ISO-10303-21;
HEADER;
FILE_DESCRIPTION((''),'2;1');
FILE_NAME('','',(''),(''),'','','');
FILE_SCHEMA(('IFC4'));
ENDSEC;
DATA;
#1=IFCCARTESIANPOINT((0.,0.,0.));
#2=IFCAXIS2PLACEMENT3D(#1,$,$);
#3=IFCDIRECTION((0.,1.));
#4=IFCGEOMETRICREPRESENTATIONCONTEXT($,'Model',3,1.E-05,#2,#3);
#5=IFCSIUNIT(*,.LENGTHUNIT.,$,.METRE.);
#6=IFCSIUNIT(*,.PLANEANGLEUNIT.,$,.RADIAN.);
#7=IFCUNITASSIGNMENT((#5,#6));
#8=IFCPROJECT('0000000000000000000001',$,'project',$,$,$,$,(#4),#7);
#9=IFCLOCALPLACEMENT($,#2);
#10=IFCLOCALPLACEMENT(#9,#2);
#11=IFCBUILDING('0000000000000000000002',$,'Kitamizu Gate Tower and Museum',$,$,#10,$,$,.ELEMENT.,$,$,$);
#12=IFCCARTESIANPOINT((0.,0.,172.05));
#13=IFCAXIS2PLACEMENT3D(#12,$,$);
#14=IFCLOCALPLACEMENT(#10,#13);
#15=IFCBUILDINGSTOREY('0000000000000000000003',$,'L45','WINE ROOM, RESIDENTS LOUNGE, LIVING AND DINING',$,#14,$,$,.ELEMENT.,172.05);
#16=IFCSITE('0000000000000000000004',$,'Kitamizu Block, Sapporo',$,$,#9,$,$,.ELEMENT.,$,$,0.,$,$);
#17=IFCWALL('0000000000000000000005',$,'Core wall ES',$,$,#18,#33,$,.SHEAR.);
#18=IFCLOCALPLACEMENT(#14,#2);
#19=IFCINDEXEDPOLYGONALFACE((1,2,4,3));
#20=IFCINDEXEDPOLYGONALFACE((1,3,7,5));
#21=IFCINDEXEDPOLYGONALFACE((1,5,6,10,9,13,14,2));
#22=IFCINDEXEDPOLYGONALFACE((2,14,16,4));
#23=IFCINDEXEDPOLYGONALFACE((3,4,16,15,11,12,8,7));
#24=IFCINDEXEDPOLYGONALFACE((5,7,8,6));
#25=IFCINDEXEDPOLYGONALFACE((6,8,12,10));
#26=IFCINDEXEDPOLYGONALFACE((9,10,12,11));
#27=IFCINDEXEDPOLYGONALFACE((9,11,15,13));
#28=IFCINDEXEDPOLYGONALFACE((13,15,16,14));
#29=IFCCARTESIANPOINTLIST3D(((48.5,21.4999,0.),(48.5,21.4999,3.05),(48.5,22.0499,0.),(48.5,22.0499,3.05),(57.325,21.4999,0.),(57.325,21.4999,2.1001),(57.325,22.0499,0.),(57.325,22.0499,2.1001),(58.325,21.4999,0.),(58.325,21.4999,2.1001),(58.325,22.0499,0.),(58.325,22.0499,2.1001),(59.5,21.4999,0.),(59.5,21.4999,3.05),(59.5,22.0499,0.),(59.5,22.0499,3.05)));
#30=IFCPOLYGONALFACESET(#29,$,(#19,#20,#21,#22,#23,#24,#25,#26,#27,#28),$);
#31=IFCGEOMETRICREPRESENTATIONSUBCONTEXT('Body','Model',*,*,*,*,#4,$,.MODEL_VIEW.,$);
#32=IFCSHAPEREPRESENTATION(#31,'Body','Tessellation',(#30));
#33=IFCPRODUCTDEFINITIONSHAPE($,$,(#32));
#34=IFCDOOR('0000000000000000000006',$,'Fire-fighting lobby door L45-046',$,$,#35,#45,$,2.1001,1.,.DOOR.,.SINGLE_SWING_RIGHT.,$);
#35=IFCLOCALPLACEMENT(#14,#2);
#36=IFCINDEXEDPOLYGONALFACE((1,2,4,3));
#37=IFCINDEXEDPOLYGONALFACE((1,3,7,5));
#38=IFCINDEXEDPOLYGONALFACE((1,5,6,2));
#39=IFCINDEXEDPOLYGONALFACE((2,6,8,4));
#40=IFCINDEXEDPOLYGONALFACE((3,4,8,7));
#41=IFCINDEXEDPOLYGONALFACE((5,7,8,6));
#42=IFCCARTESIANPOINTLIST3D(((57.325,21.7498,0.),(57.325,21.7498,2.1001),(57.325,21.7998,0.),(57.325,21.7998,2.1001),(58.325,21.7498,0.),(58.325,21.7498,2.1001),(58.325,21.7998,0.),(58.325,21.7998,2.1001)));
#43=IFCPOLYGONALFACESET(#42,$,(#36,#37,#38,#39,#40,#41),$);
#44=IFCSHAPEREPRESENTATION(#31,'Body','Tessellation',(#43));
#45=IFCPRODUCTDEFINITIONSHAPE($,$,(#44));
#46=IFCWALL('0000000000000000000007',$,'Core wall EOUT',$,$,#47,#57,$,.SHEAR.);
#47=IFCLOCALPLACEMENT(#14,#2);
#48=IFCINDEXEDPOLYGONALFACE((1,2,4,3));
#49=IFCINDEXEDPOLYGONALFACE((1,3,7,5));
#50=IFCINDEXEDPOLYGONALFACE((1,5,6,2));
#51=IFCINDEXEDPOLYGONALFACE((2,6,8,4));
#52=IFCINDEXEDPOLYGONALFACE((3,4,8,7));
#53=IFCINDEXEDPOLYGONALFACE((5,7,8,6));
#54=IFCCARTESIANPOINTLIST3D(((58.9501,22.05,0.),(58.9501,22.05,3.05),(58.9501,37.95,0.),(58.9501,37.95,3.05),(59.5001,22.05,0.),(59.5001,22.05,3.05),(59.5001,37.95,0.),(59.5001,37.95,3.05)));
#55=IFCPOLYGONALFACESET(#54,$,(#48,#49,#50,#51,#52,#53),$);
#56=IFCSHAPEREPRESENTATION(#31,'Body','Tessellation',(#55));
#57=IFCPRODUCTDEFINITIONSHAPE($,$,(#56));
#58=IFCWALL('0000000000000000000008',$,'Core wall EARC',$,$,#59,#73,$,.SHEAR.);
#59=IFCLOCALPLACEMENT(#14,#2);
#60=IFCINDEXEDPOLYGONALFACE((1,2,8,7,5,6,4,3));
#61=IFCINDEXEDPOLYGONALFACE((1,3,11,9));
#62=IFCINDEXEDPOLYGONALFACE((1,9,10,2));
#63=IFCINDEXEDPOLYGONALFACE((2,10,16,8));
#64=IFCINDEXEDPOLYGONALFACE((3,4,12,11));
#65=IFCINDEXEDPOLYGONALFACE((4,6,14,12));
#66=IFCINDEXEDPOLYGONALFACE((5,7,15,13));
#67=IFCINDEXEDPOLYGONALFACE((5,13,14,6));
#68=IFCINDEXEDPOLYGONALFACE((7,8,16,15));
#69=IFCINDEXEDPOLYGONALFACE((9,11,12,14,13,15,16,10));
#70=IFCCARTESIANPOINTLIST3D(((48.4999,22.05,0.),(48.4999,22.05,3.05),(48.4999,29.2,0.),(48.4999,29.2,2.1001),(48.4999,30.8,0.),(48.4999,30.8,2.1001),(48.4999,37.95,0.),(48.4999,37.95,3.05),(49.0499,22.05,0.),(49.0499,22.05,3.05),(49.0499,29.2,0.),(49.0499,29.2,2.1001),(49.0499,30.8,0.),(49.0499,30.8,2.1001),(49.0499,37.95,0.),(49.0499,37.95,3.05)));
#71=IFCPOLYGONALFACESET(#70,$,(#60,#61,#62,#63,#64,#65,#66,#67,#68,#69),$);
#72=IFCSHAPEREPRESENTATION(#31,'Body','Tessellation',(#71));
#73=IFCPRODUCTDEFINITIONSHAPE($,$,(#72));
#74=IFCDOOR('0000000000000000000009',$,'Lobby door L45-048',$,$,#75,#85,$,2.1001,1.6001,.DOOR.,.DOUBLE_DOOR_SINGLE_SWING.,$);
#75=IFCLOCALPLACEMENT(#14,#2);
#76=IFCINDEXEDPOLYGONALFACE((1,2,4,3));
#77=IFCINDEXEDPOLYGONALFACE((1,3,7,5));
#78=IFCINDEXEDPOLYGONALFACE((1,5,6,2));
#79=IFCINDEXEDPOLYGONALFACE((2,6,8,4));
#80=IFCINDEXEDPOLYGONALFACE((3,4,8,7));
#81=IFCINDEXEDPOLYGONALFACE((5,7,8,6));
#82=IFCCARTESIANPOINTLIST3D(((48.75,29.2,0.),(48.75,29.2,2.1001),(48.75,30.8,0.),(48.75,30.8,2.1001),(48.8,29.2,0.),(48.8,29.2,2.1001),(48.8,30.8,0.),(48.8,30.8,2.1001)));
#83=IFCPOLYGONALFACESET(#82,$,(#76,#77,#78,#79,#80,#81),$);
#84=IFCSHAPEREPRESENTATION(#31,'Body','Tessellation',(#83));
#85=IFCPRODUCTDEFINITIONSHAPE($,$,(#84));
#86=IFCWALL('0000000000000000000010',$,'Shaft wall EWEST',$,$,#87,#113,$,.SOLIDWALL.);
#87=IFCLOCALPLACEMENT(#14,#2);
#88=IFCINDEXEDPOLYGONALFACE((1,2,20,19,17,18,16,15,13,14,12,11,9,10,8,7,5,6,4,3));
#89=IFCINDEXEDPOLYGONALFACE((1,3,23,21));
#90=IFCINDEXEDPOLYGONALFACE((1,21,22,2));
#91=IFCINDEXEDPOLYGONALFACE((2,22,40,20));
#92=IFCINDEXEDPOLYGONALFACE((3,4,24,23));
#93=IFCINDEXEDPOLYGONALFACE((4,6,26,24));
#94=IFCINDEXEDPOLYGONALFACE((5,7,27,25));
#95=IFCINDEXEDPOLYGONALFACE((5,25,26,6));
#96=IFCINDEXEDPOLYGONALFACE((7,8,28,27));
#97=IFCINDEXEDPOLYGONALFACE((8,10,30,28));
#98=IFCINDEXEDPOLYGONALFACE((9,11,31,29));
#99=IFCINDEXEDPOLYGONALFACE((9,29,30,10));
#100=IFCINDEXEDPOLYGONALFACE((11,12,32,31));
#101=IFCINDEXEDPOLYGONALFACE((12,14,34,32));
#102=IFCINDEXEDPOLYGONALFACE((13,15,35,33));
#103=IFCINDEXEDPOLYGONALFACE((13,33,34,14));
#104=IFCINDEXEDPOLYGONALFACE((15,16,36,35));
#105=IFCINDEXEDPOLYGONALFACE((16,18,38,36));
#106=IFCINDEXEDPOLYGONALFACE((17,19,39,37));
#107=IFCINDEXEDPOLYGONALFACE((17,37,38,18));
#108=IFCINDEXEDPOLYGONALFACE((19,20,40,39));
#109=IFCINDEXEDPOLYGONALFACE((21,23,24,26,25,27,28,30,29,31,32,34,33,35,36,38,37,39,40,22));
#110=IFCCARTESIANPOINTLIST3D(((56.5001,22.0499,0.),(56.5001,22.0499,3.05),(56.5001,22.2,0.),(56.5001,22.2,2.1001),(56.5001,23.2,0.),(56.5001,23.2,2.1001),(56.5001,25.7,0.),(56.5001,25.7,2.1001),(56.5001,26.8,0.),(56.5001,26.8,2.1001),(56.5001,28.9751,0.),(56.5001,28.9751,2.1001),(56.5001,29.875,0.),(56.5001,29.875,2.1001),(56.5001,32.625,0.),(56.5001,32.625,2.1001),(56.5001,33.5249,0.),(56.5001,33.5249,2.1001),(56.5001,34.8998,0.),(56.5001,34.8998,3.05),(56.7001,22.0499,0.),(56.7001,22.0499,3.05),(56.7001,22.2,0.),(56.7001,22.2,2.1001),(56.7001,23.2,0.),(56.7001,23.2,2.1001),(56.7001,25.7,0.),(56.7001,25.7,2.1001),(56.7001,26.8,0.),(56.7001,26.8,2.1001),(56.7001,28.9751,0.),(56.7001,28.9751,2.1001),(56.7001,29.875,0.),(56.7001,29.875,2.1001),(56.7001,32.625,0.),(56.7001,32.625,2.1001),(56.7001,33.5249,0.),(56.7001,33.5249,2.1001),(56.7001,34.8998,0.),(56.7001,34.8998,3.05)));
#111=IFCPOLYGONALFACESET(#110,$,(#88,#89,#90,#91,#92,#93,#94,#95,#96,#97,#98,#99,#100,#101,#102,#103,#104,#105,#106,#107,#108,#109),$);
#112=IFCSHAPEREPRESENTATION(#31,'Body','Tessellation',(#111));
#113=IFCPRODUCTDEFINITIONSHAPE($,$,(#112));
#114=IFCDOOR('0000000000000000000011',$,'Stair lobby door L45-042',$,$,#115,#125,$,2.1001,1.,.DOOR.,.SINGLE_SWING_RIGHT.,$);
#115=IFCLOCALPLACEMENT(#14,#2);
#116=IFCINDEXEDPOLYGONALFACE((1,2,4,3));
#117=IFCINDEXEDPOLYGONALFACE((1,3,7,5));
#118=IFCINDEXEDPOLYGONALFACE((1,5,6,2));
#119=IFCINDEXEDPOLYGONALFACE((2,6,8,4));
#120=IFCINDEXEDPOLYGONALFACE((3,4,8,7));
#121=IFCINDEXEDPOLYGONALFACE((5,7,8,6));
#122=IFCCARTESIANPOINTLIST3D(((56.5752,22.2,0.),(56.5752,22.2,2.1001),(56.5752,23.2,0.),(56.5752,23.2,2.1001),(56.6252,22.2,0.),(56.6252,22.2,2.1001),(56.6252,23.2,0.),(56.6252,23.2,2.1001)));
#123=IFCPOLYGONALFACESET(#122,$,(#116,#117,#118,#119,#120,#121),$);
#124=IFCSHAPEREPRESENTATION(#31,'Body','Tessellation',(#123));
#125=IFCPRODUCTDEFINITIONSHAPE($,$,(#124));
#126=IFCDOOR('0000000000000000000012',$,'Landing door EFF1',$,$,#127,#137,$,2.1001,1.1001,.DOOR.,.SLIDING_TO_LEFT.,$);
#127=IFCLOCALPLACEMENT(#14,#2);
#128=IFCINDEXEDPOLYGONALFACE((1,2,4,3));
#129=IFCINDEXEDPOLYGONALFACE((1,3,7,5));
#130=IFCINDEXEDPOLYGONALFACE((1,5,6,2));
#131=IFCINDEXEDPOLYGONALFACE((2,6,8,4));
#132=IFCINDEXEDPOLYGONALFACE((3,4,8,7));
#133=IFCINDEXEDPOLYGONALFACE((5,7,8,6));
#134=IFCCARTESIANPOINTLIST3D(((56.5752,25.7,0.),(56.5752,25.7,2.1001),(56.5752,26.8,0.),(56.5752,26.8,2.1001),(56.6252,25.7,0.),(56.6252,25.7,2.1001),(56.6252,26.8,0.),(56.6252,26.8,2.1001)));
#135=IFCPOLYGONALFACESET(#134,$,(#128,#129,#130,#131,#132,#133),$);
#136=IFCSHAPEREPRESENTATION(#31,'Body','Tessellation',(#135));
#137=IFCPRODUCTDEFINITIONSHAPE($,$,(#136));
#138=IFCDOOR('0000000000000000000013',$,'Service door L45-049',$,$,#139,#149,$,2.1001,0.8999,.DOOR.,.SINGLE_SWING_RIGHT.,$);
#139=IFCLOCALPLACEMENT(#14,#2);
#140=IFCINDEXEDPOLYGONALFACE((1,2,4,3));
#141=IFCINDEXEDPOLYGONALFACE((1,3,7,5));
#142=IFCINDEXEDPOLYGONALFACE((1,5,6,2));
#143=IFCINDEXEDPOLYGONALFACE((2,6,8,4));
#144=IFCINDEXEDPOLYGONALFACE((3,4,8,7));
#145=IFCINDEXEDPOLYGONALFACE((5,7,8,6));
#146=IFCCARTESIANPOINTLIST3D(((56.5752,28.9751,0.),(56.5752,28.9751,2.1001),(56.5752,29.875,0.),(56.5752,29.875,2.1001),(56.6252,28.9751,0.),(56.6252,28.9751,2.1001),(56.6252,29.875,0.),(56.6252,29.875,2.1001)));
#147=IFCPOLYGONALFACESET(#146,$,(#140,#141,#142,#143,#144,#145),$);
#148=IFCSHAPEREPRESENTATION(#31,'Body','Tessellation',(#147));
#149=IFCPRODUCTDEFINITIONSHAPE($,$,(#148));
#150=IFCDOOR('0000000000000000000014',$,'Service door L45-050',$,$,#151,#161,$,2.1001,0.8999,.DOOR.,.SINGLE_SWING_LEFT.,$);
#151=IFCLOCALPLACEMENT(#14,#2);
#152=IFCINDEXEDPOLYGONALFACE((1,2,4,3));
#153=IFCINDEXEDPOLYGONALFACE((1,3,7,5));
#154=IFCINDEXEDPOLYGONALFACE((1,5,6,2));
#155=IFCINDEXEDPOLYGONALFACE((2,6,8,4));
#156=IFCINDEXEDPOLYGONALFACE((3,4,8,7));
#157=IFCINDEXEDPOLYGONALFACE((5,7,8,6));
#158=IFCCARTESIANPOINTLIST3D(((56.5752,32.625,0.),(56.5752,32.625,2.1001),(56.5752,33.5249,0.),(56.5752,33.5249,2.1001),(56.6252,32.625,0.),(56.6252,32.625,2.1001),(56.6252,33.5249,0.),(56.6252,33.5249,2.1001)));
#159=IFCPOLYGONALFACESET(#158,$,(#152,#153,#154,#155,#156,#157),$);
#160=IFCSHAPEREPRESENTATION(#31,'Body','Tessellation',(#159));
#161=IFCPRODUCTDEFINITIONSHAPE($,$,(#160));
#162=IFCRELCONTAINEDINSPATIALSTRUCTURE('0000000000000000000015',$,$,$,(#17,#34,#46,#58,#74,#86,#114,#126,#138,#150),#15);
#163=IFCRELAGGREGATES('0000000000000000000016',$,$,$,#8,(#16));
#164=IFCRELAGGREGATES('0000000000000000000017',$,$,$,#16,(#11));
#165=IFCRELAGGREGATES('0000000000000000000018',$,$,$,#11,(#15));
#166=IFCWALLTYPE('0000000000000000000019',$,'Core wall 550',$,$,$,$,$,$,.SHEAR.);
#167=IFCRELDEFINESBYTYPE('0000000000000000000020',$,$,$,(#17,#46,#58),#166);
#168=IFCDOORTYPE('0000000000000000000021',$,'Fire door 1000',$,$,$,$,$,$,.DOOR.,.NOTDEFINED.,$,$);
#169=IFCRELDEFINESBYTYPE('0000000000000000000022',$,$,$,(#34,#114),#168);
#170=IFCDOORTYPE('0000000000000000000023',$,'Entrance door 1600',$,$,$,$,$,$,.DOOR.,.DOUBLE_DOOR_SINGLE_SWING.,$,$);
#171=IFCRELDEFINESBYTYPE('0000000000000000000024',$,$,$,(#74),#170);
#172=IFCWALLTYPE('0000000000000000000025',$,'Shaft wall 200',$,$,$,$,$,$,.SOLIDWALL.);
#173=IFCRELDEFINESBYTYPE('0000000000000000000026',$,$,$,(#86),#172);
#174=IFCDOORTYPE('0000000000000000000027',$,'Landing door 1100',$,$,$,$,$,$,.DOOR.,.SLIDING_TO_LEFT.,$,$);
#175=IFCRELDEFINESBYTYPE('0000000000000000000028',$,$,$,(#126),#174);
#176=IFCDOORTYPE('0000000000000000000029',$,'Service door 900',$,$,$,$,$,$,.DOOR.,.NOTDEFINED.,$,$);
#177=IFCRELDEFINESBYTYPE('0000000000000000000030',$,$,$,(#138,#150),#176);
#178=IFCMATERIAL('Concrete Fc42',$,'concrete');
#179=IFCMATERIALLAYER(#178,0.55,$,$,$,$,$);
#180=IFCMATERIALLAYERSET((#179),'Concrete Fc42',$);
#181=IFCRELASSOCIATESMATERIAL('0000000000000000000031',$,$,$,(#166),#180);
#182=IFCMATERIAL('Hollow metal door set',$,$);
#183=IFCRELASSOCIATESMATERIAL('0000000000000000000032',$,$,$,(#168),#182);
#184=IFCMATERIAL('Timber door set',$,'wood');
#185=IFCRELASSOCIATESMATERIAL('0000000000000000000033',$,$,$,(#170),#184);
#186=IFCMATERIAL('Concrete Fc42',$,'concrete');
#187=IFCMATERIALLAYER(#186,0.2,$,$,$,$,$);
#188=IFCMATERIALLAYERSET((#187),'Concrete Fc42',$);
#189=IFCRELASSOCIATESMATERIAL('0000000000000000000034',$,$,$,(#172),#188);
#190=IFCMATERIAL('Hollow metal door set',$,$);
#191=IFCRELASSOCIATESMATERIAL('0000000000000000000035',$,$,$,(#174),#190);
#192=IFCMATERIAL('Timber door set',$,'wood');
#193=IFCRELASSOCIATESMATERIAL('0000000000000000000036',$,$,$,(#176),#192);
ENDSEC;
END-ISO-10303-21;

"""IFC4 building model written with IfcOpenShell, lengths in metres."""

from ifc_helpers import new_model, si_unit, direction, frame, frame_2d, origin, place, context, subcontext, project, spatial, rectangle, extrude, material, layer, layer_set, type_object, element, fill, save


model = new_model("IFC4")

# Units and contexts
model_context = context("Model", 3, precision=1e-05, world=origin(), true_north=direction((0.0, 1.0)))
body_context = subcontext(model_context, "Body", "Model", "MODEL_VIEW")
ifc_project = project(units=[si_unit("LENGTHUNIT", "METRE"), si_unit("PLANEANGLEUNIT", "RADIAN")], contexts=[model_context])

# Site, building, storey
site_placement = place(None, origin())
site = spatial("IfcSite", under=ifc_project, at=site_placement, Name="Kitamizu Block, Sapporo", CompositionType="ELEMENT", RefElevation=0.0)
building_placement = place(site_placement, origin())
building = spatial("IfcBuilding", under=site, at=building_placement, Name="Kitamizu Gate Tower and Museum", CompositionType="ELEMENT")
storey_placement = place(building_placement, frame((0.0, 0.0, 172.05)))
storey = spatial("IfcBuildingStorey", under=building, at=storey_placement, Name="L45", Description="WINE ROOM, RESIDENTS LOUNGE, LIVING AND DINING", CompositionType="ELEMENT", Elevation=172.05)

# Wall, opening, door
ifc_material_1 = material(Name="Concrete Fc42", Category="concrete")
ifc_layer_1 = layer(ifc_material_1, 0.55)
ifc_layer_set_1 = layer_set([ifc_layer_1], Name="Concrete Fc42")
wall_type_1 = type_object("IfcWallType", Name="Core wall 550", PredefinedType="SHEAR", material=ifc_layer_set_1)
wall_1_placement = place(storey_placement, frame((59.5, 21.7749, 0.0), z_axis=(0.0, 0.0, 1.0), x_axis=(-1.0, 0.0, 0.0)))
wall_1 = element("IfcWall", 1, at=wall_1_placement, inside=storey, type_object=wall_type_1, Name="Core wall ES", PredefinedType="SHEAR", context=body_context, shape_type="SweptSolid", body=[
    extrude(rectangle(XDim=11.0, YDim=0.55, at=frame_2d((5.5, 0.0))), origin(), (0.0, 0.0, 1.0), 3.05),
])
opening_1_placement = place(wall_1_placement, frame((1.175, 0.0, 0.0)))
opening_1 = element("IfcOpeningElement", 2, at=opening_1_placement, cuts=wall_1, PredefinedType="OPENING", context=body_context, shape_type="SweptSolid", body=[
    extrude(rectangle(XDim=1.0, YDim=2.1001, at=frame_2d((0.5, 1.05))), frame((0.0, 0.2852, 0.0), z_axis=(0.0, -1.0, 0.0), x_axis=(1.0, 0.0, 0.0)), (0.0, 0.0, 1.0), 0.5701),
])
ifc_material_2 = material(Name="Hollow metal door set")
door_type_1 = type_object("IfcDoorType", Name="Fire door 1000", OperationType="NOTDEFINED", PredefinedType="DOOR", material=ifc_material_2)
door_1_placement = place(opening_1_placement, frame((1.0, 0.0, 0.0), x_axis=(-1.0, 0.0, 0.0)))
door_1 = element("IfcDoor", 3, at=door_1_placement, inside=storey, type_object=door_type_1, Name="Fire-fighting lobby door L45-046", OperationType="SINGLE_SWING_RIGHT", OverallHeight=2.1001, OverallWidth=1.0, PredefinedType="DOOR", context=body_context, shape_type="SweptSolid", body=[
    extrude(rectangle(XDim=1.0, YDim=2.1001, at=frame_2d((0.5, 1.05))), frame((0.0, 0.0249, 0.0), z_axis=(0.0, -1.0, 0.0), x_axis=(1.0, 0.0, 0.0)), (0.0, 0.0, 1.0), 0.05),
])
fill(opening_1, door_1)

# Wall
wall_2_placement = place(storey_placement, frame((59.2251, 22.05, 0.0), z_axis=(0.0, 0.0, 1.0), x_axis=(0.0, 1.0, 0.0)))
element("IfcWall", 4, at=wall_2_placement, inside=storey, type_object=wall_type_1, Name="Core wall EOUT", PredefinedType="SHEAR", context=body_context, shape_type="SweptSolid", body=[
    extrude(rectangle(XDim=15.8999, YDim=0.55, at=frame_2d((7.95, 0.0))), origin(), (0.0, 0.0, 1.0), 3.05),
])

# Wall, opening, door
wall_3_placement = place(storey_placement, frame((48.7749, 22.05, 0.0), z_axis=(0.0, 0.0, 1.0), x_axis=(0.0, 1.0, 0.0)))
wall_3 = element("IfcWall", 5, at=wall_3_placement, inside=storey, type_object=wall_type_1, Name="Core wall EARC", PredefinedType="SHEAR", context=body_context, shape_type="SweptSolid", body=[
    extrude(rectangle(XDim=15.8999, YDim=0.55, at=frame_2d((7.95, 0.0))), origin(), (0.0, 0.0, 1.0), 3.05),
])
opening_2_placement = place(wall_3_placement, frame((7.1499, 0.0, 0.0)))
opening_2 = element("IfcOpeningElement", 6, at=opening_2_placement, cuts=wall_3, PredefinedType="OPENING", context=body_context, shape_type="SweptSolid", body=[
    extrude(rectangle(XDim=1.6001, YDim=2.1001, at=frame_2d((0.8, 1.05))), frame((0.0, 0.2852, 0.0), z_axis=(0.0, -1.0, 0.0), x_axis=(1.0, 0.0, 0.0)), (0.0, 0.0, 1.0), 0.5701),
])
ifc_material_3 = material(Name="Timber door set", Category="wood")
door_type_2 = type_object("IfcDoorType", Name="Entrance door 1600", OperationType="DOUBLE_DOOR_SINGLE_SWING", PredefinedType="DOOR", material=ifc_material_3)
door_2_placement = place(opening_2_placement, origin())
door_2 = element("IfcDoor", 7, at=door_2_placement, inside=storey, type_object=door_type_2, Name="Lobby door L45-048", OperationType="DOUBLE_DOOR_SINGLE_SWING", OverallHeight=2.1001, OverallWidth=1.6001, PredefinedType="DOOR", context=body_context, shape_type="SweptSolid", body=[
    extrude(rectangle(XDim=1.6001, YDim=2.1001, at=frame_2d((0.8, 1.05))), frame((0.0, 0.0249, 0.0), z_axis=(0.0, -1.0, 0.0), x_axis=(1.0, 0.0, 0.0)), (0.0, 0.0, 1.0), 0.05),
])
fill(opening_2, door_2)

# Wall, openings, doors
ifc_material_4 = material(Name="Concrete Fc42", Category="concrete")
ifc_layer_2 = layer(ifc_material_4, 0.2)
ifc_layer_set_2 = layer_set([ifc_layer_2], Name="Concrete Fc42")
wall_type_2 = type_object("IfcWallType", Name="Shaft wall 200", PredefinedType="SOLIDWALL", material=ifc_layer_set_2)
wall_4_placement = place(storey_placement, frame((56.6001, 22.05, 0.0), z_axis=(0.0, 0.0, 1.0), x_axis=(0.0, 1.0, 0.0)))
wall_4 = element("IfcWall", 8, at=wall_4_placement, inside=storey, type_object=wall_type_2, Name="Shaft wall EWEST", PredefinedType="SOLIDWALL", context=body_context, shape_type="SweptSolid", body=[
    extrude(rectangle(XDim=12.8499, YDim=0.2, at=frame_2d((6.4248, 0.0))), origin(), (0.0, 0.0, 1.0), 3.05),
])
opening_3_placement = place(wall_4_placement, frame((3.6499, 0.0, 0.0)))
opening_3 = element("IfcOpeningElement", 9, at=opening_3_placement, cuts=wall_4, PredefinedType="OPENING", context=body_context, shape_type="SweptSolid", body=[
    extrude(rectangle(XDim=1.1001, YDim=2.1001, at=frame_2d((0.55, 1.05))), frame((0.0, 0.1099, 0.0), z_axis=(0.0, -1.0, 0.0), x_axis=(1.0, 0.0, 0.0)), (0.0, 0.0, 1.0), 0.22),
])
opening_4_placement = place(wall_4_placement, frame((0.1499, 0.0, 0.0)))
opening_4 = element("IfcOpeningElement", 10, at=opening_4_placement, cuts=wall_4, PredefinedType="OPENING", context=body_context, shape_type="SweptSolid", body=[
    extrude(rectangle(XDim=1.0, YDim=2.1001, at=frame_2d((0.5, 1.05))), frame((0.0, 0.1099, 0.0), z_axis=(0.0, -1.0, 0.0), x_axis=(1.0, 0.0, 0.0)), (0.0, 0.0, 1.0), 0.22),
])
opening_5_placement = place(wall_4_placement, frame((6.925, 0.0, 0.0)))
opening_5 = element("IfcOpeningElement", 11, at=opening_5_placement, cuts=wall_4, PredefinedType="OPENING", context=body_context, shape_type="SweptSolid", body=[
    extrude(rectangle(XDim=0.8999, YDim=2.1001, at=frame_2d((0.45, 1.05))), frame((0.0, 0.1099, 0.0), z_axis=(0.0, -1.0, 0.0), x_axis=(1.0, 0.0, 0.0)), (0.0, 0.0, 1.0), 0.22),
])
opening_6_placement = place(wall_4_placement, frame((10.575, 0.0, 0.0)))
opening_6 = element("IfcOpeningElement", 12, at=opening_6_placement, cuts=wall_4, PredefinedType="OPENING", context=body_context, shape_type="SweptSolid", body=[
    extrude(rectangle(XDim=0.8999, YDim=2.1001, at=frame_2d((0.45, 1.05))), frame((0.0, 0.1099, 0.0), z_axis=(0.0, -1.0, 0.0), x_axis=(1.0, 0.0, 0.0)), (0.0, 0.0, 1.0), 0.22),
])
door_3_placement = place(opening_4_placement, origin())
door_3 = element("IfcDoor", 13, at=door_3_placement, inside=storey, type_object=door_type_1, Name="Stair lobby door L45-042", OperationType="SINGLE_SWING_RIGHT", OverallHeight=2.1001, OverallWidth=1.0, PredefinedType="DOOR", context=body_context, shape_type="SweptSolid", body=[
    extrude(rectangle(XDim=1.0, YDim=2.1001, at=frame_2d((0.5, 1.05))), frame((0.0, 0.0249, 0.0), z_axis=(0.0, -1.0, 0.0), x_axis=(1.0, 0.0, 0.0)), (0.0, 0.0, 1.0), 0.05),
])
fill(opening_4, door_3)
ifc_material_5 = material(Name="Hollow metal door set")
door_type_3 = type_object("IfcDoorType", Name="Landing door 1100", OperationType="SLIDING_TO_LEFT", PredefinedType="DOOR", material=ifc_material_5)
door_4_placement = place(opening_3_placement, origin())
door_4 = element("IfcDoor", 14, at=door_4_placement, inside=storey, type_object=door_type_3, Name="Landing door EFF1", OperationType="SLIDING_TO_LEFT", OverallHeight=2.1001, OverallWidth=1.1001, PredefinedType="DOOR", context=body_context, shape_type="SweptSolid", body=[
    extrude(rectangle(XDim=1.1001, YDim=2.1001, at=frame_2d((0.55, 1.05))), frame((0.0, 0.0249, 0.0), z_axis=(0.0, -1.0, 0.0), x_axis=(1.0, 0.0, 0.0)), (0.0, 0.0, 1.0), 0.05),
])
fill(opening_3, door_4)
ifc_material_6 = material(Name="Timber door set", Category="wood")
door_type_4 = type_object("IfcDoorType", Name="Service door 900", OperationType="NOTDEFINED", PredefinedType="DOOR", material=ifc_material_6)
door_5_placement = place(opening_5_placement, origin())
door_5 = element("IfcDoor", 15, at=door_5_placement, inside=storey, type_object=door_type_4, Name="Service door L45-049", OperationType="SINGLE_SWING_RIGHT", OverallHeight=2.1001, OverallWidth=0.8999, PredefinedType="DOOR", context=body_context, shape_type="SweptSolid", body=[
    extrude(rectangle(XDim=0.8999, YDim=2.1001, at=frame_2d((0.45, 1.05))), frame((0.0, 0.0249, 0.0), z_axis=(0.0, -1.0, 0.0), x_axis=(1.0, 0.0, 0.0)), (0.0, 0.0, 1.0), 0.05),
])
fill(opening_5, door_5)
door_6_placement = place(opening_6_placement, origin())
door_6 = element("IfcDoor", 16, at=door_6_placement, inside=storey, type_object=door_type_4, Name="Service door L45-050", OperationType="SINGLE_SWING_LEFT", OverallHeight=2.1001, OverallWidth=0.8999, PredefinedType="DOOR", context=body_context, shape_type="SweptSolid", body=[
    extrude(rectangle(XDim=0.8999, YDim=2.1001, at=frame_2d((0.45, 1.05))), frame((0.0, 0.0249, 0.0), z_axis=(0.0, -1.0, 0.0), x_axis=(1.0, 0.0, 0.0)), (0.0, 0.0, 1.0), 0.05),
])
fill(opening_6, door_6)

save(model, "model.ifc")
